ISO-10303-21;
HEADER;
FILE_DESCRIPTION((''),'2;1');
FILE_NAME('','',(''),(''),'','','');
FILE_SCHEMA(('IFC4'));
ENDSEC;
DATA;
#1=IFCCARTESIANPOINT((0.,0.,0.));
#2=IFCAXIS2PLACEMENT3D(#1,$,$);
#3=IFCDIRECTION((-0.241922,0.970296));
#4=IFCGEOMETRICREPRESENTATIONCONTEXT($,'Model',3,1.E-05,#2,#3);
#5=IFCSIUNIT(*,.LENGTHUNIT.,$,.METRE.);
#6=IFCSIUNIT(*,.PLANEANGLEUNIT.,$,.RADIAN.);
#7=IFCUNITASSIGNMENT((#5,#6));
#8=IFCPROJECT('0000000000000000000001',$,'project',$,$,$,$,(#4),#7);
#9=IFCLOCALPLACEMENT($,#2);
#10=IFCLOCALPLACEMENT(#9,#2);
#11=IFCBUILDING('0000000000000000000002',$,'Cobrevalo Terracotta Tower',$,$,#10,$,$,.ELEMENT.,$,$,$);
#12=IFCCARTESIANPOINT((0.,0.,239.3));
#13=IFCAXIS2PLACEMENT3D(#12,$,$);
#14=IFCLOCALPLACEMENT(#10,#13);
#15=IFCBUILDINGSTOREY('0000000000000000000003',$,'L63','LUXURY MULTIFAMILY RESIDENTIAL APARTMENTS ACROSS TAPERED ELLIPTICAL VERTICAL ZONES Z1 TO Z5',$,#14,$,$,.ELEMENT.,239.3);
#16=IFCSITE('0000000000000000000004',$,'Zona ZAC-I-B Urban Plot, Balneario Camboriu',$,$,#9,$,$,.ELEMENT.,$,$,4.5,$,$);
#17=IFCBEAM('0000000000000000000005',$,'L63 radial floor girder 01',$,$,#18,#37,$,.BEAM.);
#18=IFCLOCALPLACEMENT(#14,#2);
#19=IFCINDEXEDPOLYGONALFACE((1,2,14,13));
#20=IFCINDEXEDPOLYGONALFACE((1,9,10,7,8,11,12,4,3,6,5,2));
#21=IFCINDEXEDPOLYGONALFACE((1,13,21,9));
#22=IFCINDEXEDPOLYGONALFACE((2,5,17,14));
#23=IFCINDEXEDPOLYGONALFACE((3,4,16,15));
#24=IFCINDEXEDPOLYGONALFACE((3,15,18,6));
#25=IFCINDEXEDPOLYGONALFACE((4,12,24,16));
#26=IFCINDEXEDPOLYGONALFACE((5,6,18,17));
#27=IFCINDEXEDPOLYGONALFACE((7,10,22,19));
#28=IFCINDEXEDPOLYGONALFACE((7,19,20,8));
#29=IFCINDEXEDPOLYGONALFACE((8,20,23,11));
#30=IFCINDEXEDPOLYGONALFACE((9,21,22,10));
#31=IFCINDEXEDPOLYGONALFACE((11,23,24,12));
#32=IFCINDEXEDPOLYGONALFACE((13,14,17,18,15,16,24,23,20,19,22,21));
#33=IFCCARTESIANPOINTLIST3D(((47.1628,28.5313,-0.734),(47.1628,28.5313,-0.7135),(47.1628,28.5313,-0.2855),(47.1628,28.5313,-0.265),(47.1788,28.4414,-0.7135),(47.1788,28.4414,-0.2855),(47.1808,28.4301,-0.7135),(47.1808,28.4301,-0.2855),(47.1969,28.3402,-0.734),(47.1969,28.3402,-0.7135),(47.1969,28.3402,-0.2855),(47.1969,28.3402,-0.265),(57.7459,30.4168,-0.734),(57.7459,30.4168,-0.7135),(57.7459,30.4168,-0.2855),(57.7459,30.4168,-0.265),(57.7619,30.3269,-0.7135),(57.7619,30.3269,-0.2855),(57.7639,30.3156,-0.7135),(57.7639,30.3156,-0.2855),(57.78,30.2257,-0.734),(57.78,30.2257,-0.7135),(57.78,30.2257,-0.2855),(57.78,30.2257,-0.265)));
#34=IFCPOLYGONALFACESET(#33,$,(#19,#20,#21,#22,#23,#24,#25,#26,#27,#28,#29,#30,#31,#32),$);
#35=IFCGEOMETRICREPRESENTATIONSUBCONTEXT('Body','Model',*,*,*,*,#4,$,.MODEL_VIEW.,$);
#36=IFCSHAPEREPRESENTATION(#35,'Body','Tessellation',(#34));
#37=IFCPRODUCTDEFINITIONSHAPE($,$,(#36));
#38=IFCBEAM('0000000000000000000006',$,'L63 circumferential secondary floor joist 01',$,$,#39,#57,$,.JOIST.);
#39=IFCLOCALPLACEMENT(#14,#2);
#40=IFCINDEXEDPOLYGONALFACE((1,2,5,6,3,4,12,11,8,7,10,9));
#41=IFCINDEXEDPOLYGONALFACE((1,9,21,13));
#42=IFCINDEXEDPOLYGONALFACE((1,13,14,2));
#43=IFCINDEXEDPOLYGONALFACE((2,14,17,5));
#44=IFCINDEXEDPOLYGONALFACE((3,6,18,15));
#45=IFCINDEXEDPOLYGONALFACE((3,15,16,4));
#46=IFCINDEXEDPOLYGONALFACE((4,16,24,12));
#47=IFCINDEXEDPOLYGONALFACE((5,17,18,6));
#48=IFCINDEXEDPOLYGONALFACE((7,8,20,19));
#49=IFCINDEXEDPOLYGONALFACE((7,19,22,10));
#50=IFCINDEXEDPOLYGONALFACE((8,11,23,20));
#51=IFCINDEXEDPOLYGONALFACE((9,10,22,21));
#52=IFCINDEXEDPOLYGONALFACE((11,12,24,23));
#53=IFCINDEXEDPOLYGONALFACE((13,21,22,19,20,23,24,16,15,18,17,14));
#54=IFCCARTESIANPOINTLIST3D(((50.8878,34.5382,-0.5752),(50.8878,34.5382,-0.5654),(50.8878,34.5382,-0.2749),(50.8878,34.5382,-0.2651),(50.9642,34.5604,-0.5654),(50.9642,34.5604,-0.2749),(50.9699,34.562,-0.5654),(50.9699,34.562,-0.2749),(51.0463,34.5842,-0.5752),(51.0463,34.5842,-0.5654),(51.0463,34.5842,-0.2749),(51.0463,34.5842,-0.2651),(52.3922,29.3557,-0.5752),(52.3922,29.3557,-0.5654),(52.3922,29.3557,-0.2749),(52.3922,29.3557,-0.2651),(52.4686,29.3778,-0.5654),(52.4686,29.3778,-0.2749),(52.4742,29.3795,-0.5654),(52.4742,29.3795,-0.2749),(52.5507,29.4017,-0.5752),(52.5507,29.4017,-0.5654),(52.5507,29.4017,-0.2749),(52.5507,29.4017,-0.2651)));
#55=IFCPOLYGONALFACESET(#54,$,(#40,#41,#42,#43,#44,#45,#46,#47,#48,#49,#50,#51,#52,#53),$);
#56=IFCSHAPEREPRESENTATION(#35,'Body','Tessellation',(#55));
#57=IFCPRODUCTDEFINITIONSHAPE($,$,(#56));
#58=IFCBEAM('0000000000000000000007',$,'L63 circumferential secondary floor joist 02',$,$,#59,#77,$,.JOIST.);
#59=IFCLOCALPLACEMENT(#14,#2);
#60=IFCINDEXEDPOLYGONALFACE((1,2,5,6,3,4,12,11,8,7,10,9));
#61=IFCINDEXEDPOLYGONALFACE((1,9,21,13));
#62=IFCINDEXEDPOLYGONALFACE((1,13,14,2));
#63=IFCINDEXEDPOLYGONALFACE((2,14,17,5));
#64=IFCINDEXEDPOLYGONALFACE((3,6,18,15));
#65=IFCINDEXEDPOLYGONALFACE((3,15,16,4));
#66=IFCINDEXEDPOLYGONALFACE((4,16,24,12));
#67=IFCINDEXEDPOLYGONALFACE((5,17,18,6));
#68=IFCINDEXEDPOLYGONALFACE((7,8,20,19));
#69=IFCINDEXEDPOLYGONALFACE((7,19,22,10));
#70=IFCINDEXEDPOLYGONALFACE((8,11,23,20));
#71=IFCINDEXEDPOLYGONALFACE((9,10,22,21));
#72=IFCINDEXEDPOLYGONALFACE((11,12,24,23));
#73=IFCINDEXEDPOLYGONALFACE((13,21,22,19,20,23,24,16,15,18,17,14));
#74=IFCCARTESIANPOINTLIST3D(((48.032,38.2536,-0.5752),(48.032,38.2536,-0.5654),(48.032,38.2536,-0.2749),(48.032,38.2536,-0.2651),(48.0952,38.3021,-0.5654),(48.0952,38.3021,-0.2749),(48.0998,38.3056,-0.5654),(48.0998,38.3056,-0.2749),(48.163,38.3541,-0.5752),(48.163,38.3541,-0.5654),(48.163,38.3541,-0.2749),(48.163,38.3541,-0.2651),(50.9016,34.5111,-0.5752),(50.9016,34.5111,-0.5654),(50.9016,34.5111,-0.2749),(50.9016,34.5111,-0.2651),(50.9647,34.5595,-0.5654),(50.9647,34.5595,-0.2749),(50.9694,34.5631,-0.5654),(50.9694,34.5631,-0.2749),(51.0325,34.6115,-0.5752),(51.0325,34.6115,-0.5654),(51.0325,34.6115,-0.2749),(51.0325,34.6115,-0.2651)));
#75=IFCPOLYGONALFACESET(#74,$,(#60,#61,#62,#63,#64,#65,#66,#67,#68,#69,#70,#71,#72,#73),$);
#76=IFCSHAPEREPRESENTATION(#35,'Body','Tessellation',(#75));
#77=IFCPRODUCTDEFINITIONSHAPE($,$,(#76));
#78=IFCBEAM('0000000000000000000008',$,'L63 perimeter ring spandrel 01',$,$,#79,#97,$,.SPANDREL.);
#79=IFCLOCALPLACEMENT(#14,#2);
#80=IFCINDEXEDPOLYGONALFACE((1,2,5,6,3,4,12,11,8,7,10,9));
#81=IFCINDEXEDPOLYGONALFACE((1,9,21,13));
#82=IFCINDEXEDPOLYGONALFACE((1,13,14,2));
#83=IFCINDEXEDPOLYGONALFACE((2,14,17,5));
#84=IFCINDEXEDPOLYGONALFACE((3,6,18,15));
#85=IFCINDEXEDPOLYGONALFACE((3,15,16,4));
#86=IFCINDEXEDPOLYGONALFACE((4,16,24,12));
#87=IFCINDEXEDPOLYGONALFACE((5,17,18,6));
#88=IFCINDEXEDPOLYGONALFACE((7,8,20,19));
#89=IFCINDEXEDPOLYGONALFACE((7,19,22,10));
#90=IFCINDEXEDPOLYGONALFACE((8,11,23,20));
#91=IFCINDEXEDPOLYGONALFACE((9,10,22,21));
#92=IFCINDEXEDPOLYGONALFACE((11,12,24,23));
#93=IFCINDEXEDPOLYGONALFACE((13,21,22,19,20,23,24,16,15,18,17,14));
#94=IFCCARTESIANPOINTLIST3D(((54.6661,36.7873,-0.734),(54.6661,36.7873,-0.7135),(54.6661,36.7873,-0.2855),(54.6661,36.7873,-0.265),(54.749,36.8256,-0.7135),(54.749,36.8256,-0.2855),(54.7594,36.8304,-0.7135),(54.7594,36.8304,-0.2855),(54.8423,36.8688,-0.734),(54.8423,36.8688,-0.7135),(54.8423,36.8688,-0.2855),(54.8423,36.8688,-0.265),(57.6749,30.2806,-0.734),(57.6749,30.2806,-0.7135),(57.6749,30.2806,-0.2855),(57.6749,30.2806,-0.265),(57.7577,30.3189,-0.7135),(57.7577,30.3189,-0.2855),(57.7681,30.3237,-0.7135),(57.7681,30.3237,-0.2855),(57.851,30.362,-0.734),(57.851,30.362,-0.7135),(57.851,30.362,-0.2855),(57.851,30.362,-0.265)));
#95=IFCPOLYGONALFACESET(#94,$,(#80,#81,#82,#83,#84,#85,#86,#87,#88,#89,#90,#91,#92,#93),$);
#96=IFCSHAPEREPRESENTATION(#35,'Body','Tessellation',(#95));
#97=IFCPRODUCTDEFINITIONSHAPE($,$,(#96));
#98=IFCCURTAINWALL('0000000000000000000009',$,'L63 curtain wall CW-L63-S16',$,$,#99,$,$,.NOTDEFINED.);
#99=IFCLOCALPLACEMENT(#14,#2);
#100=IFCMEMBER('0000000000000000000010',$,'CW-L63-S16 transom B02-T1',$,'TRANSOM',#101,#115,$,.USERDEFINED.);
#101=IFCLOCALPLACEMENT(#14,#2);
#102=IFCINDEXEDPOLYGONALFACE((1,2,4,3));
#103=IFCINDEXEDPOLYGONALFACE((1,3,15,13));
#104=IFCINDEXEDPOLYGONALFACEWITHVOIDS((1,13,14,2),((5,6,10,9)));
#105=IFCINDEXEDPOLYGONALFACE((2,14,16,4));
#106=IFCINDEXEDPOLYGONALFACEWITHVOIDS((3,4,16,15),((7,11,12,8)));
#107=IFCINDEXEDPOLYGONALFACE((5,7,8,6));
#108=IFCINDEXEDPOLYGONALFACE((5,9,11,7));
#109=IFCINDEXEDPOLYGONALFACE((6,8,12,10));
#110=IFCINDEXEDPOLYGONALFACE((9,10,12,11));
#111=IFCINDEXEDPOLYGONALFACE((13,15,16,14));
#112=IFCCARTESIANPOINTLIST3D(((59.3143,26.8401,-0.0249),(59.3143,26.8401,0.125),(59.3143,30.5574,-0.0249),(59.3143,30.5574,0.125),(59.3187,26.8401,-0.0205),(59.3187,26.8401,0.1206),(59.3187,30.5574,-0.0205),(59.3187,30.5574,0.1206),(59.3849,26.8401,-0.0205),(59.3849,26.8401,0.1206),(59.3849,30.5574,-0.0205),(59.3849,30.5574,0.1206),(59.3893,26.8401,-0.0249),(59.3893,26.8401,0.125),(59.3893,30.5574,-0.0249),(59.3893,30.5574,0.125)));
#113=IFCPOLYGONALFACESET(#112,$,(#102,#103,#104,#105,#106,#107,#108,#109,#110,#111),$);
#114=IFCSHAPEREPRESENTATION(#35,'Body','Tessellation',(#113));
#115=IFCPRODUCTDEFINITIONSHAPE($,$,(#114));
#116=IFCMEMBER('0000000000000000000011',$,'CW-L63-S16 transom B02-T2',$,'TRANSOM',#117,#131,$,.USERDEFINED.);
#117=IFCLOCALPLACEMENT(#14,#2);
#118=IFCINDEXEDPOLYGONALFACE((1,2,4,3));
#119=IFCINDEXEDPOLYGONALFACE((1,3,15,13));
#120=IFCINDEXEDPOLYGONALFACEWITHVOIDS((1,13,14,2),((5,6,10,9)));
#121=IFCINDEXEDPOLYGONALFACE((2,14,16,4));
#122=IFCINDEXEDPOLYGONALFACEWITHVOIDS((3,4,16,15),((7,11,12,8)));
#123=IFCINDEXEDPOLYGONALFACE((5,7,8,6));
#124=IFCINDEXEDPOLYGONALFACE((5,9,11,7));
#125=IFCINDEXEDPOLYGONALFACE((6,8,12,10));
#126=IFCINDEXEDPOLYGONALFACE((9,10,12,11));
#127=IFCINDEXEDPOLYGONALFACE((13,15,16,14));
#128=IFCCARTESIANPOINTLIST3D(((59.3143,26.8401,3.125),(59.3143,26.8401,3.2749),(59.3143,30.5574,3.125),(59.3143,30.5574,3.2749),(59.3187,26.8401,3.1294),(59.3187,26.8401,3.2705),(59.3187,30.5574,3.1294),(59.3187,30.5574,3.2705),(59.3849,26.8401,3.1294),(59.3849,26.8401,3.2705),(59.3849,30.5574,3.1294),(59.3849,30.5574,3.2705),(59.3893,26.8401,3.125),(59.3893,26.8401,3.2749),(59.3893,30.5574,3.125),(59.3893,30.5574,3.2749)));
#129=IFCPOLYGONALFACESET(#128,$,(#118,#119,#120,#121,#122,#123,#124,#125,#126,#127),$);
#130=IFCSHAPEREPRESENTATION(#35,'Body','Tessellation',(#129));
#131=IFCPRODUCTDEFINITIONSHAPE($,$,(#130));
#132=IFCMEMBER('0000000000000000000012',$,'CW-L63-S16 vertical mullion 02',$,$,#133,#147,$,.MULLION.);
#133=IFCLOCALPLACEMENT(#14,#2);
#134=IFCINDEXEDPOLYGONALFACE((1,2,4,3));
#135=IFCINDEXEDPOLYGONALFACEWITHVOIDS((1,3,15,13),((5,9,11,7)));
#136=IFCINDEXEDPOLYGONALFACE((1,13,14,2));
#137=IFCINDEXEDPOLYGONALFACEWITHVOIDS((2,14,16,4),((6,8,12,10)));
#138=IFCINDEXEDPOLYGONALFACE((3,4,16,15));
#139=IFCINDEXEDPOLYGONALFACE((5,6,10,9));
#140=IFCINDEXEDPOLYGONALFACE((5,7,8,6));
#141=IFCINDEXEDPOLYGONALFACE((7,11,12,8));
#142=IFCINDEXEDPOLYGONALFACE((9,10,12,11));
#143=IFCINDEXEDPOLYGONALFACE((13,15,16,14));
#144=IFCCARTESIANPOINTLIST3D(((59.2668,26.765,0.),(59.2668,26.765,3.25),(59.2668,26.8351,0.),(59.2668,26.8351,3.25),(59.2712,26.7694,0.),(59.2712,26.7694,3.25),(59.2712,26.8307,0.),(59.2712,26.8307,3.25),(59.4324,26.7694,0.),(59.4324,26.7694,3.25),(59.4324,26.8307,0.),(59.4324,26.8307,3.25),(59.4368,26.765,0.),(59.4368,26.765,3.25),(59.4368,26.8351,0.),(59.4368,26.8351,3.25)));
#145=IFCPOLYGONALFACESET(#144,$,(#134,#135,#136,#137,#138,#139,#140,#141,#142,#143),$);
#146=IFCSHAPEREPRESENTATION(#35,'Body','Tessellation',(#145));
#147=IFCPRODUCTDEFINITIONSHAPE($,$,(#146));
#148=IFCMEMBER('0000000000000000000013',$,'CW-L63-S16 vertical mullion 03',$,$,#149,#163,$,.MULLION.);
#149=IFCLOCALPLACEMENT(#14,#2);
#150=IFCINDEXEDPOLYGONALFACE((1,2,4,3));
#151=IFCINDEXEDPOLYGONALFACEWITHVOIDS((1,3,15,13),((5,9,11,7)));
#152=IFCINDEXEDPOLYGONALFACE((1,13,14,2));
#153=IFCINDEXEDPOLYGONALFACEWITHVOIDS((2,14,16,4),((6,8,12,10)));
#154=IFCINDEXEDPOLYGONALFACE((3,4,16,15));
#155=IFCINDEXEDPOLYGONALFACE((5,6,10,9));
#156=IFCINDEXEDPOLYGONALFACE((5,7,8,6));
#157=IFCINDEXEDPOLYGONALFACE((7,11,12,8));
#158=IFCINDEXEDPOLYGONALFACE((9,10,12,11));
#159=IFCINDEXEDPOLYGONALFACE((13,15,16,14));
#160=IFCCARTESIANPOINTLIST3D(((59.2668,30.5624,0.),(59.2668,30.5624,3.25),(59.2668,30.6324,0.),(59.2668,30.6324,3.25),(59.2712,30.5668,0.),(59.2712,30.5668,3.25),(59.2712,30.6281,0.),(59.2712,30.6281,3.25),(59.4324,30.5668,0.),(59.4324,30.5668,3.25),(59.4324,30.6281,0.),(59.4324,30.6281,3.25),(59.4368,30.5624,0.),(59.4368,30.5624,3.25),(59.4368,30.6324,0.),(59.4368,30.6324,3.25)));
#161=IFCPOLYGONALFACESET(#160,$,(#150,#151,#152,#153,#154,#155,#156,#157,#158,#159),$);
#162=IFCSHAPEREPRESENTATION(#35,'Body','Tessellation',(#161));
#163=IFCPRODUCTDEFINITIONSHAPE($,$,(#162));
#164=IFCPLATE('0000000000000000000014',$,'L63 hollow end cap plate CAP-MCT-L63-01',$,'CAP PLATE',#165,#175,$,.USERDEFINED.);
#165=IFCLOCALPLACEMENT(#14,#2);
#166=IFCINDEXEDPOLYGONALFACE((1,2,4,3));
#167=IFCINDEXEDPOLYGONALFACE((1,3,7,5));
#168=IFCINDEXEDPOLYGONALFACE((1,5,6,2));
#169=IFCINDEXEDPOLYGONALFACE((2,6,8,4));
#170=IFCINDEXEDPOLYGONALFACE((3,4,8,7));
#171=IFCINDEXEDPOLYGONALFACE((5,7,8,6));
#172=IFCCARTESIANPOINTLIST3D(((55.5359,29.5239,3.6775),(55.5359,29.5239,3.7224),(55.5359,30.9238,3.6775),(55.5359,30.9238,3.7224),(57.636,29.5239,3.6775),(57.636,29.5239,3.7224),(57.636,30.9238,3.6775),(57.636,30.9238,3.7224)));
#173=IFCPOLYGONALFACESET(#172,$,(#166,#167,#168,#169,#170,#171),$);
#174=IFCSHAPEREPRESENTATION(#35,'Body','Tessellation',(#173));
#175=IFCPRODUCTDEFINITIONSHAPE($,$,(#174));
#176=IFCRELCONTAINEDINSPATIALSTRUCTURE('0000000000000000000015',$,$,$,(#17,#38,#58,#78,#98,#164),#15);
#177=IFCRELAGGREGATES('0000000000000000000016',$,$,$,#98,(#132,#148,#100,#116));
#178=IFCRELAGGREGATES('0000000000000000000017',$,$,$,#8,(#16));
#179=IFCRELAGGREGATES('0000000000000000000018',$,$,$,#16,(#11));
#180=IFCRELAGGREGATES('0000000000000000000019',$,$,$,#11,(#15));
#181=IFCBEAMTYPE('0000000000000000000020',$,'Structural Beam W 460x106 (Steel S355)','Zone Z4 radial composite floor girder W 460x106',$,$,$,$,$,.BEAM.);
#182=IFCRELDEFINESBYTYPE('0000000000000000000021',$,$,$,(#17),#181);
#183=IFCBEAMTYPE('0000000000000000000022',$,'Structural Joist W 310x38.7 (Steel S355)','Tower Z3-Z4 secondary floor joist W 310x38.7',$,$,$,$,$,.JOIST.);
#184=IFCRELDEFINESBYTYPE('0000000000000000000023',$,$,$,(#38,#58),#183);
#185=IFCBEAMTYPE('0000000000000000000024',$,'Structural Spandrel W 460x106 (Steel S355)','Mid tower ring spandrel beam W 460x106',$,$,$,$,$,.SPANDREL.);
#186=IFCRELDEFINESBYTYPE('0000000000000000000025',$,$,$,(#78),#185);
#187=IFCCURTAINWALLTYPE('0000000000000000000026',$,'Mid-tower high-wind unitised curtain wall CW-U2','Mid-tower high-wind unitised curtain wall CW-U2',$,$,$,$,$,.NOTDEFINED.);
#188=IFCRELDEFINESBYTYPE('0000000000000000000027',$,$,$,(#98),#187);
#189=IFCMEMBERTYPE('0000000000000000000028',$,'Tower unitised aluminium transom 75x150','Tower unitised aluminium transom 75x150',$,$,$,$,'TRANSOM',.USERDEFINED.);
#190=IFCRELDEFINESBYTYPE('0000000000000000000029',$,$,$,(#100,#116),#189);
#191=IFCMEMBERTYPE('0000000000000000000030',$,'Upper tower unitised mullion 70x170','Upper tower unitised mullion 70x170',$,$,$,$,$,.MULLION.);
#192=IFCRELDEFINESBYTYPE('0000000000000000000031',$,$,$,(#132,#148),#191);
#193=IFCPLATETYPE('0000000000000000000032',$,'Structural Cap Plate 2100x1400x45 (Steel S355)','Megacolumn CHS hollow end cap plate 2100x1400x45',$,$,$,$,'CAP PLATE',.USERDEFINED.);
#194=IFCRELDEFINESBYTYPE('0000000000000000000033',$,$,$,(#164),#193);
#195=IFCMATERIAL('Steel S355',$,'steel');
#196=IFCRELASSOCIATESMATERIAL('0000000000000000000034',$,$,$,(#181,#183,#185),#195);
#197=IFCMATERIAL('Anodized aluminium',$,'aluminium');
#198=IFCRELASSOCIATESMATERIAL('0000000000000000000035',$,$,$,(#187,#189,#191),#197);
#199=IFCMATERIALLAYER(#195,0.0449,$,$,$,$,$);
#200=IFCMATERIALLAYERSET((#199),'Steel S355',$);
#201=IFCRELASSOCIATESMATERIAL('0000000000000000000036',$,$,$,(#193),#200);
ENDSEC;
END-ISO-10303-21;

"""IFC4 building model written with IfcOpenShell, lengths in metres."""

from ifc_helpers import new_model, si_unit, direction, frame, origin, origin_2d, place, context, subcontext, project, spatial, rectangle, hollow_rectangle, i_section, extrude, source, transform, mapped, material, layer, layer_set, material_profile, profile_set, type_object, element, aggregate, save


model = new_model("IFC4")

# Units and contexts
model_context = context("Model", 3, precision=1e-05, world=origin(), true_north=direction((-0.241922, 0.970296)))
body_context = subcontext(model_context, "Body", "Model", "MODEL_VIEW")
ifc_project = project(units=[si_unit("LENGTHUNIT", "METRE"), si_unit("PLANEANGLEUNIT", "RADIAN")], contexts=[model_context])

# Site, building, storey
site_placement = place(None, origin())
site = spatial("IfcSite", under=ifc_project, at=site_placement, Name="Zona ZAC-I-B Urban Plot, Balneario Camboriu", CompositionType="ELEMENT", RefElevation=4.5)
building_placement = place(site_placement, origin())
building = spatial("IfcBuilding", under=site, at=building_placement, Name="Cobrevalo Terracotta Tower", CompositionType="ELEMENT")
storey_placement = place(building_placement, frame((0.0, 0.0, 239.3)))
storey = spatial("IfcBuildingStorey", under=building, at=storey_placement, Name="L63", Description="LUXURY MULTIFAMILY RESIDENTIAL APARTMENTS ACROSS TAPERED ELLIPTICAL VERTICAL ZONES Z1 TO Z5", CompositionType="ELEMENT", Elevation=239.3)

# Shared definitions
ifc_material_1 = material(Name="Steel S355", Category="steel")

# Beams
ifc_material_profile_1 = material_profile(ifc_material_1, i_section(OverallWidth=0.1941, OverallDepth=0.469, WebThickness=0.0115, FlangeThickness=0.0205, at=origin_2d()), Name="W 460x106")
ifc_profile_set_1 = profile_set([ifc_material_profile_1], Name="Steel S355")
beam_type_1 = type_object("IfcBeamType", Name="Structural Beam W 460x106 (Steel S355)", Description="Zone Z4 radial composite floor girder W 460x106", PredefinedType="BEAM", material=ifc_profile_set_1)
beam_1_placement = place(storey_placement, frame((57.7629, 30.3213, -0.4995), z_axis=(-0.984497, -0.175401, 0.0), x_axis=(0.175401, -0.984497, 0.0)))
element("IfcBeam", 1, at=beam_1_placement, inside=storey, type_object=beam_type_1, Name="L63 radial floor girder 01", PredefinedType="BEAM", context=body_context, shape_type="SweptSolid", body=[
    extrude(i_section(OverallWidth=0.1941, OverallDepth=0.469, WebThickness=0.0115, FlangeThickness=0.0205, at=origin_2d()), origin(), (0.0, 0.0, 1.0), 10.7498),
])
ifc_material_profile_2 = material_profile(ifc_material_1, i_section(OverallWidth=0.165, OverallDepth=0.3101, WebThickness=0.0059, FlangeThickness=0.0098, at=origin_2d()), Name="W 310x38.7")
ifc_profile_set_2 = profile_set([ifc_material_profile_2], Name="Steel S355")
beam_type_2 = type_object("IfcBeamType", Name="Structural Joist W 310x38.7 (Steel S355)", Description="Tower Z3-Z4 secondary floor joist W 310x38.7", PredefinedType="JOIST", material=ifc_profile_set_2)
beam_2_placement = place(storey_placement, frame((52.4714, 29.3787, -0.4202), z_axis=(-0.27877, 0.960358, 0.0), x_axis=(-0.960358, -0.27877, 0.0)))
element("IfcBeam", 2, at=beam_2_placement, inside=storey, type_object=beam_type_2, Name="L63 circumferential secondary floor joist 01", PredefinedType="JOIST", context=body_context, shape_type="SweptSolid", body=[
    extrude(i_section(OverallWidth=0.165, OverallDepth=0.3101, WebThickness=0.0059, FlangeThickness=0.0098, at=origin_2d()), origin(), (0.0, 0.0, 1.0), 5.3965),
])
beam_3_placement = place(storey_placement, frame((50.967, 34.5613, -0.4202), z_axis=(-0.608464, 0.793581, 0.0), x_axis=(-0.793581, -0.608464, 0.0)))
element("IfcBeam", 3, at=beam_3_placement, inside=storey, type_object=beam_type_2, Name="L63 circumferential secondary floor joist 02", PredefinedType="JOIST", context=body_context, shape_type="SweptSolid", body=[
    extrude(i_section(OverallWidth=0.165, OverallDepth=0.3101, WebThickness=0.0059, FlangeThickness=0.0098, at=origin_2d()), origin(), (0.0, 0.0, 1.0), 4.7161),
])
ifc_material_profile_3 = material_profile(ifc_material_1, i_section(OverallWidth=0.1941, OverallDepth=0.469, WebThickness=0.0115, FlangeThickness=0.0205, at=origin_2d()), Name="W 460x106")
ifc_profile_set_3 = profile_set([ifc_material_profile_3], Name="Steel S355")
beam_type_3 = type_object("IfcBeamType", Name="Structural Spandrel W 460x106 (Steel S355)", Description="Mid tower ring spandrel beam W 460x106", PredefinedType="SPANDREL", material=ifc_profile_set_3)
beam_4_placement = place(storey_placement, frame((57.7629, 30.3213, -0.4995), z_axis=(-0.419706, 0.90766, 0.0), x_axis=(-0.90766, -0.419706, 0.0)))
element("IfcBeam", 4, at=beam_4_placement, inside=storey, type_object=beam_type_3, Name="L63 perimeter ring spandrel 01", PredefinedType="SPANDREL", context=body_context, shape_type="SweptSolid", body=[
    extrude(i_section(OverallWidth=0.1941, OverallDepth=0.469, WebThickness=0.0115, FlangeThickness=0.0205, at=origin_2d()), origin(), (0.0, 0.0, 1.0), 7.1687),
])

# Curtain wall, members
ifc_material_2 = material(Name="Anodized aluminium", Category="aluminium")
curtain_wall_type = type_object("IfcCurtainWallType", Name="Mid-tower high-wind unitised curtain wall CW-U2", Description="Mid-tower high-wind unitised curtain wall CW-U2", PredefinedType="NOTDEFINED", material=ifc_material_2)
curtain_wall_placement = place(storey_placement, origin())
curtain_wall = element("IfcCurtainWall", 5, at=curtain_wall_placement, inside=storey, type_object=curtain_wall_type, Name="L63 curtain wall CW-L63-S16", PredefinedType="NOTDEFINED")
ifc_material_profile_4 = material_profile(ifc_material_2, hollow_rectangle(XDim=0.075, YDim=0.1499, WallThickness=0.0044, at=origin_2d()), Name="CWT 75x150")
ifc_profile_set_4 = profile_set([ifc_material_profile_4], Name="Anodized aluminium")
member_type_1 = type_object("IfcMemberType", Name="Tower unitised aluminium transom 75x150", Description="Tower unitised aluminium transom 75x150", ElementType="TRANSOM", PredefinedType="USERDEFINED", material=ifc_profile_set_4)
shared_shape_1 = source(origin(), body_context, "Body", "SweptSolid", [
    extrude(hollow_rectangle(XDim=0.075, YDim=0.1499, WallThickness=0.0044, at=origin_2d()), origin(), (0.0, 0.0, 1.0), 3.7173),
])
member_1_placement = place(storey_placement, frame((59.3518, 26.8401, 0.05), z_axis=(0.0, 1.0, 0.0), x_axis=(-1.0, 0.0, 0.0)))
member_1 = element("IfcMember", 6, at=member_1_placement, type_object=member_type_1, Name="CW-L63-S16 transom B02-T1", ObjectType="TRANSOM", PredefinedType="USERDEFINED", context=body_context, shape_type="MappedRepresentation", body=[
    mapped(shared_shape_1, transform((0.0, 0.0, 0.0), scale=1.0)),
])
member_2_placement = place(storey_placement, frame((59.3518, 26.8401, 3.2), z_axis=(0.0, 1.0, 0.0), x_axis=(-1.0, 0.0, 0.0)))
member_2 = element("IfcMember", 7, at=member_2_placement, type_object=member_type_1, Name="CW-L63-S16 transom B02-T2", ObjectType="TRANSOM", PredefinedType="USERDEFINED", context=body_context, shape_type="MappedRepresentation", body=[
    mapped(shared_shape_1, transform((0.0, 0.0, 0.0), scale=1.0)),
])
ifc_material_profile_5 = material_profile(ifc_material_2, hollow_rectangle(XDim=0.0701, YDim=0.1699, WallThickness=0.0044, at=origin_2d()), Name="CWM 70x170")
ifc_profile_set_5 = profile_set([ifc_material_profile_5], Name="Anodized aluminium")
member_type_2 = type_object("IfcMemberType", Name="Upper tower unitised mullion 70x170", Description="Upper tower unitised mullion 70x170", PredefinedType="MULLION", material=ifc_profile_set_5)
shared_shape_2 = source(origin(), body_context, "Body", "SweptSolid", [
    extrude(hollow_rectangle(XDim=0.0701, YDim=0.1699, WallThickness=0.0044, at=origin_2d()), origin(), (0.0, 0.0, 1.0), 3.25),
])
member_3_placement = place(storey_placement, frame((59.3518, 26.8, 0.0), z_axis=(0.0, 0.0, 1.0), x_axis=(0.0, 1.0, 0.0)))
member_3 = element("IfcMember", 8, at=member_3_placement, type_object=member_type_2, Name="CW-L63-S16 vertical mullion 02", PredefinedType="MULLION", context=body_context, shape_type="MappedRepresentation", body=[
    mapped(shared_shape_2, transform((0.0, 0.0, 0.0), scale=1.0)),
])
member_4_placement = place(storey_placement, frame((59.3518, 30.5974, 0.0), z_axis=(0.0, 0.0, 1.0), x_axis=(0.0, 1.0, 0.0)))
member_4 = element("IfcMember", 9, at=member_4_placement, type_object=member_type_2, Name="CW-L63-S16 vertical mullion 03", PredefinedType="MULLION", context=body_context, shape_type="MappedRepresentation", body=[
    mapped(shared_shape_2, transform((0.0, 0.0, 0.0), scale=1.0)),
])

# Plate
ifc_layer_1 = layer(ifc_material_1, 0.0449)
ifc_layer_set_1 = layer_set([ifc_layer_1], Name="Steel S355")
plate_type_1 = type_object("IfcPlateType", Name="Structural Cap Plate 2100x1400x45 (Steel S355)", Description="Megacolumn CHS hollow end cap plate 2100x1400x45", ElementType="CAP PLATE", PredefinedType="USERDEFINED", material=ifc_layer_set_1)
shared_shape_3 = source(origin(), body_context, "Body", "SweptSolid", [
    extrude(rectangle(XDim=2.1001, YDim=1.3999, at=origin_2d()), origin(), (0.0, 0.0, 1.0), 0.0449),
])
for number, where, z_axis, x_axis, name in (
    (10, (56.5859, 30.2239, 3.6775), (0.0, 0.0, 1.0), (1.0, 0.0, 0.0), "L63 hollow end cap plate CAP-MCT-L63-01"),
):
    element("IfcPlate", number, at=place(storey_placement, frame(where, z_axis=z_axis, x_axis=x_axis)), inside=storey, type_object=plate_type_1, Name=name, ObjectType="CAP PLATE", PredefinedType="USERDEFINED", context=body_context, shape_type="MappedRepresentation", body=[
        mapped(shared_shape_3, transform((0.0, 0.0, 0.0), scale=1.0)),
    ])

aggregate(curtain_wall, [member_3, member_4, member_1, member_2])

save(model, "model.ifc")
